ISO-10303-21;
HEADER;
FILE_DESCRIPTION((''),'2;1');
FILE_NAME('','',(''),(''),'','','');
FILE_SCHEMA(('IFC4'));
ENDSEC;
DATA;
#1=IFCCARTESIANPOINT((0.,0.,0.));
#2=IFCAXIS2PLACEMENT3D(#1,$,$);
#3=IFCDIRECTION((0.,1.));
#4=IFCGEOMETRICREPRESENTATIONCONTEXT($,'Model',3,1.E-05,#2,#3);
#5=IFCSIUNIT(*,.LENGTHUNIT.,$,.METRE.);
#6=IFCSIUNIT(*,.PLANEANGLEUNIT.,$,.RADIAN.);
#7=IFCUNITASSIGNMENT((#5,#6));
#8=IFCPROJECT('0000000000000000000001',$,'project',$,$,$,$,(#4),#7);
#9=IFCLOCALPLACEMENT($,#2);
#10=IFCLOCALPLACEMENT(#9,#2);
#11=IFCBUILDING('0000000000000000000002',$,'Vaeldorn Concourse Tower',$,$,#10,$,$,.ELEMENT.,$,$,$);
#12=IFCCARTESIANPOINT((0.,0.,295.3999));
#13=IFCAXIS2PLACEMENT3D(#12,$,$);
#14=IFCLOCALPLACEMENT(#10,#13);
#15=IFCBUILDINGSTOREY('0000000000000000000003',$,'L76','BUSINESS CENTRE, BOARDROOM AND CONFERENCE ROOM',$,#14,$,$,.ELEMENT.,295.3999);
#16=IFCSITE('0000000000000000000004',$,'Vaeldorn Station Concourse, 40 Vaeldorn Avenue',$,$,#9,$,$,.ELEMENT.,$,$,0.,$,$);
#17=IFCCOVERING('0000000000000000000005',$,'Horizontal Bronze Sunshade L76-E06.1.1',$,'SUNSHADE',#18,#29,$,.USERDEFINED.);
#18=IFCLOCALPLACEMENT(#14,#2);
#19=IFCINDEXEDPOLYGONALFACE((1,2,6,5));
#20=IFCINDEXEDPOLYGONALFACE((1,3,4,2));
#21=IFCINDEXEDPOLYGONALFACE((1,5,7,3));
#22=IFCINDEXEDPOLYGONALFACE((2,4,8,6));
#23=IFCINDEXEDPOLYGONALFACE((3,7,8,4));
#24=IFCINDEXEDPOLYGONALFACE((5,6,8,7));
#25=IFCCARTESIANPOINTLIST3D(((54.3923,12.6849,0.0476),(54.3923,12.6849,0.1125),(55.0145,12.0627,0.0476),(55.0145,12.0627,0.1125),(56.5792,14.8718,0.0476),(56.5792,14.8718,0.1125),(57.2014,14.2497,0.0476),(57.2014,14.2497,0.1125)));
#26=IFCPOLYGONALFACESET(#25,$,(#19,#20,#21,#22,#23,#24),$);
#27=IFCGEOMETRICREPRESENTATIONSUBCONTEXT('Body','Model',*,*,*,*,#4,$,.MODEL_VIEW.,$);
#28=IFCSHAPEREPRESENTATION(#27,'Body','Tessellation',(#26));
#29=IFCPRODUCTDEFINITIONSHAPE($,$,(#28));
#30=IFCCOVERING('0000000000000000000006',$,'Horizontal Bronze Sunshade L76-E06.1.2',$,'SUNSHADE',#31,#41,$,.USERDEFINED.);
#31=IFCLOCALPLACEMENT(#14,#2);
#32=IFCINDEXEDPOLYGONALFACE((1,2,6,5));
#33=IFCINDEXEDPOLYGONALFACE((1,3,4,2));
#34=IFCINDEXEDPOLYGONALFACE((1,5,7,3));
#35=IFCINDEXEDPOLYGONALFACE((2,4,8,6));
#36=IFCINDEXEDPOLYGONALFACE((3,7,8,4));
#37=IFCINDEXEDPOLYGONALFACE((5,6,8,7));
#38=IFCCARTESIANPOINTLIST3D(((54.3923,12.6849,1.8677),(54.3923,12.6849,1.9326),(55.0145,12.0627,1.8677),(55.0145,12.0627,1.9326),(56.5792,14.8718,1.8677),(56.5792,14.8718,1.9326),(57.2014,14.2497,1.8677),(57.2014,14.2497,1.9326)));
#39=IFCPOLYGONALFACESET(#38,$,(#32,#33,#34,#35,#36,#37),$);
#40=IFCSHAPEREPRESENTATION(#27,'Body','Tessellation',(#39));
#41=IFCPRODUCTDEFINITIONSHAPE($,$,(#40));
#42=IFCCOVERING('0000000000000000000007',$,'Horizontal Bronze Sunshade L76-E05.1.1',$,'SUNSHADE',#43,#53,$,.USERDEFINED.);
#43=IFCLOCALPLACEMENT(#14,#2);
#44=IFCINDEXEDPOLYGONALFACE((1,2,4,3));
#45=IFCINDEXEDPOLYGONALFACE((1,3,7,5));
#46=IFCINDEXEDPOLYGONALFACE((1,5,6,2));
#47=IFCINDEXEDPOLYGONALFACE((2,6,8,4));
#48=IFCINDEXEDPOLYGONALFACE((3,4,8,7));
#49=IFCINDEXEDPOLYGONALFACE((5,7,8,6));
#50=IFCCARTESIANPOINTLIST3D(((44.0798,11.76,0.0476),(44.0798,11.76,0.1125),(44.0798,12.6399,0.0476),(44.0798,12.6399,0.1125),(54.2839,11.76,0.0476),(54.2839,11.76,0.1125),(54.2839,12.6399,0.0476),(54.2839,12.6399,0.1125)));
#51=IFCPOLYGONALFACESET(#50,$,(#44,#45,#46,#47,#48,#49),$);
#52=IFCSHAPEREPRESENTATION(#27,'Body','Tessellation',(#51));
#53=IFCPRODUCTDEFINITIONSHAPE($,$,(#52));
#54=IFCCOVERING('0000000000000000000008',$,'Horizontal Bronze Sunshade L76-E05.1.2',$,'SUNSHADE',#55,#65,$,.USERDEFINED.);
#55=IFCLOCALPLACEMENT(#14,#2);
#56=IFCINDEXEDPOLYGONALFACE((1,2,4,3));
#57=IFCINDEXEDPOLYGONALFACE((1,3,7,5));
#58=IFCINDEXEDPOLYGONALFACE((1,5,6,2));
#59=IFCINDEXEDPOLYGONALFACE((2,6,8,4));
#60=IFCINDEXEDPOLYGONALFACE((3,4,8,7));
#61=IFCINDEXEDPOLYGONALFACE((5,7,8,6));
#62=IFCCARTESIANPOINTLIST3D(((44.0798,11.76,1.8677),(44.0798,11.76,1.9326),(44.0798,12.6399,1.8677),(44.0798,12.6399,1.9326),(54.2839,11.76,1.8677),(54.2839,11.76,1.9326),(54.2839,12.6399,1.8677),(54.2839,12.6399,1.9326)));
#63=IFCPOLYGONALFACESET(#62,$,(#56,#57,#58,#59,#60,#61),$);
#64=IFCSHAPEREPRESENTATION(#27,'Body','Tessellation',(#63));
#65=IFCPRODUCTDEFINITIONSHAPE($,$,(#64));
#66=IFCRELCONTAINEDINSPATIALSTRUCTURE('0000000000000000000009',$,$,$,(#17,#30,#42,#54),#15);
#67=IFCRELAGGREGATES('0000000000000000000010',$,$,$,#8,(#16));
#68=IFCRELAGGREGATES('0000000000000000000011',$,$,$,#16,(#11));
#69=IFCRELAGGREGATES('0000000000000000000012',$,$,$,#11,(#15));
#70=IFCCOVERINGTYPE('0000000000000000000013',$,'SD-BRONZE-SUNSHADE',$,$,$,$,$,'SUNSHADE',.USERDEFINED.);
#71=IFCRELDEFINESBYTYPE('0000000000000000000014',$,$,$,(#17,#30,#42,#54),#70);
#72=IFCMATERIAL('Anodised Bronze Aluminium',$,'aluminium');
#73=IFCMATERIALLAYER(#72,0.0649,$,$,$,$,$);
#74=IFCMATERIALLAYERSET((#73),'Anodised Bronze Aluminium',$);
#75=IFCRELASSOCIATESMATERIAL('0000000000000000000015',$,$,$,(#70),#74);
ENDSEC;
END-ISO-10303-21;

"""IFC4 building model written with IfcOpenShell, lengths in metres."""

from ifc_helpers import new_model, si_unit, direction, frame, origin, origin_2d, place, context, subcontext, project, spatial, rectangle, extrude, source, transform, mapped, material, layer, layer_set, type_object, element, save


model = new_model("IFC4")

# Units and contexts
model_context = context("Model", 3, precision=1e-05, world=origin(), true_north=direction((0.0, 1.0)))
body_context = subcontext(model_context, "Body", "Model", "MODEL_VIEW")
ifc_project = project(units=[si_unit("LENGTHUNIT", "METRE"), si_unit("PLANEANGLEUNIT", "RADIAN")], contexts=[model_context])

# Site, building, storey
site_placement = place(None, origin())
site = spatial("IfcSite", under=ifc_project, at=site_placement, Name="Vaeldorn Station Concourse, 40 Vaeldorn Avenue", CompositionType="ELEMENT", RefElevation=0.0)
building_placement = place(site_placement, origin())
building = spatial("IfcBuilding", under=site, at=building_placement, Name="Vaeldorn Concourse Tower", CompositionType="ELEMENT")
storey_placement = place(building_placement, frame((0.0, 0.0, 295.3999)))
storey = spatial("IfcBuildingStorey", under=building, at=storey_placement, Name="L76", Description="BUSINESS CENTRE, BOARDROOM AND CONFERENCE ROOM", CompositionType="ELEMENT", Elevation=295.3999)

# Shared definitions
ifc_material_1 = material(Name="Anodised Bronze Aluminium", Category="aluminium")

# Coverings
ifc_layer_1 = layer(ifc_material_1, 0.0649)
ifc_layer_set_1 = layer_set([ifc_layer_1], Name="Anodised Bronze Aluminium")
covering_type = type_object("IfcCoveringType", Name="SD-BRONZE-SUNSHADE", ElementType="SUNSHADE", PredefinedType="USERDEFINED", material=ifc_layer_set_1)
shared_shape_1 = source(origin(), body_context, "Body", "SweptSolid", [
    extrude(rectangle(XDim=3.0928, YDim=0.8799, at=origin_2d()), origin(), (0.0, 0.0, 1.0), 0.0649),
])
for number, where, z_axis, x_axis, name in (
    (1, (55.7969, 13.4673, 0.0476), (0.0, 0.0, 1.0), (0.707107, 0.707107, 0.0), "Horizontal Bronze Sunshade L76-E06.1.1"),
    (2, (55.7969, 13.4673, 1.8677), (0.0, 0.0, 1.0), (0.707107, 0.707107, 0.0), "Horizontal Bronze Sunshade L76-E06.1.2"),
):
    element("IfcCovering", number, at=place(storey_placement, frame(where, z_axis=z_axis, x_axis=x_axis)), inside=storey, type_object=covering_type, Name=name, ObjectType="SUNSHADE", PredefinedType="USERDEFINED", context=body_context, shape_type="MappedRepresentation", body=[
        mapped(shared_shape_1, transform((0.0, 0.0, 0.0), scale=1.0)),
    ])
shared_shape_2 = source(origin(), body_context, "Body", "SweptSolid", [
    extrude(rectangle(XDim=10.2041, YDim=0.8799, at=origin_2d()), origin(), (0.0, 0.0, 1.0), 0.0649),
])
for number, where, z_axis, x_axis, name in (
    (3, (49.1819, 12.2, 0.0476), (0.0, 0.0, 1.0), (1.0, 0.0, 0.0), "Horizontal Bronze Sunshade L76-E05.1.1"),
    (4, (49.1819, 12.2, 1.8677), (0.0, 0.0, 1.0), (1.0, 0.0, 0.0), "Horizontal Bronze Sunshade L76-E05.1.2"),
):
    element("IfcCovering", number, at=place(storey_placement, frame(where, z_axis=z_axis, x_axis=x_axis)), inside=storey, type_object=covering_type, Name=name, ObjectType="SUNSHADE", PredefinedType="USERDEFINED", context=body_context, shape_type="MappedRepresentation", body=[
        mapped(shared_shape_2, transform((0.0, 0.0, 0.0), scale=1.0)),
    ])

save(model, "model.ifc")
